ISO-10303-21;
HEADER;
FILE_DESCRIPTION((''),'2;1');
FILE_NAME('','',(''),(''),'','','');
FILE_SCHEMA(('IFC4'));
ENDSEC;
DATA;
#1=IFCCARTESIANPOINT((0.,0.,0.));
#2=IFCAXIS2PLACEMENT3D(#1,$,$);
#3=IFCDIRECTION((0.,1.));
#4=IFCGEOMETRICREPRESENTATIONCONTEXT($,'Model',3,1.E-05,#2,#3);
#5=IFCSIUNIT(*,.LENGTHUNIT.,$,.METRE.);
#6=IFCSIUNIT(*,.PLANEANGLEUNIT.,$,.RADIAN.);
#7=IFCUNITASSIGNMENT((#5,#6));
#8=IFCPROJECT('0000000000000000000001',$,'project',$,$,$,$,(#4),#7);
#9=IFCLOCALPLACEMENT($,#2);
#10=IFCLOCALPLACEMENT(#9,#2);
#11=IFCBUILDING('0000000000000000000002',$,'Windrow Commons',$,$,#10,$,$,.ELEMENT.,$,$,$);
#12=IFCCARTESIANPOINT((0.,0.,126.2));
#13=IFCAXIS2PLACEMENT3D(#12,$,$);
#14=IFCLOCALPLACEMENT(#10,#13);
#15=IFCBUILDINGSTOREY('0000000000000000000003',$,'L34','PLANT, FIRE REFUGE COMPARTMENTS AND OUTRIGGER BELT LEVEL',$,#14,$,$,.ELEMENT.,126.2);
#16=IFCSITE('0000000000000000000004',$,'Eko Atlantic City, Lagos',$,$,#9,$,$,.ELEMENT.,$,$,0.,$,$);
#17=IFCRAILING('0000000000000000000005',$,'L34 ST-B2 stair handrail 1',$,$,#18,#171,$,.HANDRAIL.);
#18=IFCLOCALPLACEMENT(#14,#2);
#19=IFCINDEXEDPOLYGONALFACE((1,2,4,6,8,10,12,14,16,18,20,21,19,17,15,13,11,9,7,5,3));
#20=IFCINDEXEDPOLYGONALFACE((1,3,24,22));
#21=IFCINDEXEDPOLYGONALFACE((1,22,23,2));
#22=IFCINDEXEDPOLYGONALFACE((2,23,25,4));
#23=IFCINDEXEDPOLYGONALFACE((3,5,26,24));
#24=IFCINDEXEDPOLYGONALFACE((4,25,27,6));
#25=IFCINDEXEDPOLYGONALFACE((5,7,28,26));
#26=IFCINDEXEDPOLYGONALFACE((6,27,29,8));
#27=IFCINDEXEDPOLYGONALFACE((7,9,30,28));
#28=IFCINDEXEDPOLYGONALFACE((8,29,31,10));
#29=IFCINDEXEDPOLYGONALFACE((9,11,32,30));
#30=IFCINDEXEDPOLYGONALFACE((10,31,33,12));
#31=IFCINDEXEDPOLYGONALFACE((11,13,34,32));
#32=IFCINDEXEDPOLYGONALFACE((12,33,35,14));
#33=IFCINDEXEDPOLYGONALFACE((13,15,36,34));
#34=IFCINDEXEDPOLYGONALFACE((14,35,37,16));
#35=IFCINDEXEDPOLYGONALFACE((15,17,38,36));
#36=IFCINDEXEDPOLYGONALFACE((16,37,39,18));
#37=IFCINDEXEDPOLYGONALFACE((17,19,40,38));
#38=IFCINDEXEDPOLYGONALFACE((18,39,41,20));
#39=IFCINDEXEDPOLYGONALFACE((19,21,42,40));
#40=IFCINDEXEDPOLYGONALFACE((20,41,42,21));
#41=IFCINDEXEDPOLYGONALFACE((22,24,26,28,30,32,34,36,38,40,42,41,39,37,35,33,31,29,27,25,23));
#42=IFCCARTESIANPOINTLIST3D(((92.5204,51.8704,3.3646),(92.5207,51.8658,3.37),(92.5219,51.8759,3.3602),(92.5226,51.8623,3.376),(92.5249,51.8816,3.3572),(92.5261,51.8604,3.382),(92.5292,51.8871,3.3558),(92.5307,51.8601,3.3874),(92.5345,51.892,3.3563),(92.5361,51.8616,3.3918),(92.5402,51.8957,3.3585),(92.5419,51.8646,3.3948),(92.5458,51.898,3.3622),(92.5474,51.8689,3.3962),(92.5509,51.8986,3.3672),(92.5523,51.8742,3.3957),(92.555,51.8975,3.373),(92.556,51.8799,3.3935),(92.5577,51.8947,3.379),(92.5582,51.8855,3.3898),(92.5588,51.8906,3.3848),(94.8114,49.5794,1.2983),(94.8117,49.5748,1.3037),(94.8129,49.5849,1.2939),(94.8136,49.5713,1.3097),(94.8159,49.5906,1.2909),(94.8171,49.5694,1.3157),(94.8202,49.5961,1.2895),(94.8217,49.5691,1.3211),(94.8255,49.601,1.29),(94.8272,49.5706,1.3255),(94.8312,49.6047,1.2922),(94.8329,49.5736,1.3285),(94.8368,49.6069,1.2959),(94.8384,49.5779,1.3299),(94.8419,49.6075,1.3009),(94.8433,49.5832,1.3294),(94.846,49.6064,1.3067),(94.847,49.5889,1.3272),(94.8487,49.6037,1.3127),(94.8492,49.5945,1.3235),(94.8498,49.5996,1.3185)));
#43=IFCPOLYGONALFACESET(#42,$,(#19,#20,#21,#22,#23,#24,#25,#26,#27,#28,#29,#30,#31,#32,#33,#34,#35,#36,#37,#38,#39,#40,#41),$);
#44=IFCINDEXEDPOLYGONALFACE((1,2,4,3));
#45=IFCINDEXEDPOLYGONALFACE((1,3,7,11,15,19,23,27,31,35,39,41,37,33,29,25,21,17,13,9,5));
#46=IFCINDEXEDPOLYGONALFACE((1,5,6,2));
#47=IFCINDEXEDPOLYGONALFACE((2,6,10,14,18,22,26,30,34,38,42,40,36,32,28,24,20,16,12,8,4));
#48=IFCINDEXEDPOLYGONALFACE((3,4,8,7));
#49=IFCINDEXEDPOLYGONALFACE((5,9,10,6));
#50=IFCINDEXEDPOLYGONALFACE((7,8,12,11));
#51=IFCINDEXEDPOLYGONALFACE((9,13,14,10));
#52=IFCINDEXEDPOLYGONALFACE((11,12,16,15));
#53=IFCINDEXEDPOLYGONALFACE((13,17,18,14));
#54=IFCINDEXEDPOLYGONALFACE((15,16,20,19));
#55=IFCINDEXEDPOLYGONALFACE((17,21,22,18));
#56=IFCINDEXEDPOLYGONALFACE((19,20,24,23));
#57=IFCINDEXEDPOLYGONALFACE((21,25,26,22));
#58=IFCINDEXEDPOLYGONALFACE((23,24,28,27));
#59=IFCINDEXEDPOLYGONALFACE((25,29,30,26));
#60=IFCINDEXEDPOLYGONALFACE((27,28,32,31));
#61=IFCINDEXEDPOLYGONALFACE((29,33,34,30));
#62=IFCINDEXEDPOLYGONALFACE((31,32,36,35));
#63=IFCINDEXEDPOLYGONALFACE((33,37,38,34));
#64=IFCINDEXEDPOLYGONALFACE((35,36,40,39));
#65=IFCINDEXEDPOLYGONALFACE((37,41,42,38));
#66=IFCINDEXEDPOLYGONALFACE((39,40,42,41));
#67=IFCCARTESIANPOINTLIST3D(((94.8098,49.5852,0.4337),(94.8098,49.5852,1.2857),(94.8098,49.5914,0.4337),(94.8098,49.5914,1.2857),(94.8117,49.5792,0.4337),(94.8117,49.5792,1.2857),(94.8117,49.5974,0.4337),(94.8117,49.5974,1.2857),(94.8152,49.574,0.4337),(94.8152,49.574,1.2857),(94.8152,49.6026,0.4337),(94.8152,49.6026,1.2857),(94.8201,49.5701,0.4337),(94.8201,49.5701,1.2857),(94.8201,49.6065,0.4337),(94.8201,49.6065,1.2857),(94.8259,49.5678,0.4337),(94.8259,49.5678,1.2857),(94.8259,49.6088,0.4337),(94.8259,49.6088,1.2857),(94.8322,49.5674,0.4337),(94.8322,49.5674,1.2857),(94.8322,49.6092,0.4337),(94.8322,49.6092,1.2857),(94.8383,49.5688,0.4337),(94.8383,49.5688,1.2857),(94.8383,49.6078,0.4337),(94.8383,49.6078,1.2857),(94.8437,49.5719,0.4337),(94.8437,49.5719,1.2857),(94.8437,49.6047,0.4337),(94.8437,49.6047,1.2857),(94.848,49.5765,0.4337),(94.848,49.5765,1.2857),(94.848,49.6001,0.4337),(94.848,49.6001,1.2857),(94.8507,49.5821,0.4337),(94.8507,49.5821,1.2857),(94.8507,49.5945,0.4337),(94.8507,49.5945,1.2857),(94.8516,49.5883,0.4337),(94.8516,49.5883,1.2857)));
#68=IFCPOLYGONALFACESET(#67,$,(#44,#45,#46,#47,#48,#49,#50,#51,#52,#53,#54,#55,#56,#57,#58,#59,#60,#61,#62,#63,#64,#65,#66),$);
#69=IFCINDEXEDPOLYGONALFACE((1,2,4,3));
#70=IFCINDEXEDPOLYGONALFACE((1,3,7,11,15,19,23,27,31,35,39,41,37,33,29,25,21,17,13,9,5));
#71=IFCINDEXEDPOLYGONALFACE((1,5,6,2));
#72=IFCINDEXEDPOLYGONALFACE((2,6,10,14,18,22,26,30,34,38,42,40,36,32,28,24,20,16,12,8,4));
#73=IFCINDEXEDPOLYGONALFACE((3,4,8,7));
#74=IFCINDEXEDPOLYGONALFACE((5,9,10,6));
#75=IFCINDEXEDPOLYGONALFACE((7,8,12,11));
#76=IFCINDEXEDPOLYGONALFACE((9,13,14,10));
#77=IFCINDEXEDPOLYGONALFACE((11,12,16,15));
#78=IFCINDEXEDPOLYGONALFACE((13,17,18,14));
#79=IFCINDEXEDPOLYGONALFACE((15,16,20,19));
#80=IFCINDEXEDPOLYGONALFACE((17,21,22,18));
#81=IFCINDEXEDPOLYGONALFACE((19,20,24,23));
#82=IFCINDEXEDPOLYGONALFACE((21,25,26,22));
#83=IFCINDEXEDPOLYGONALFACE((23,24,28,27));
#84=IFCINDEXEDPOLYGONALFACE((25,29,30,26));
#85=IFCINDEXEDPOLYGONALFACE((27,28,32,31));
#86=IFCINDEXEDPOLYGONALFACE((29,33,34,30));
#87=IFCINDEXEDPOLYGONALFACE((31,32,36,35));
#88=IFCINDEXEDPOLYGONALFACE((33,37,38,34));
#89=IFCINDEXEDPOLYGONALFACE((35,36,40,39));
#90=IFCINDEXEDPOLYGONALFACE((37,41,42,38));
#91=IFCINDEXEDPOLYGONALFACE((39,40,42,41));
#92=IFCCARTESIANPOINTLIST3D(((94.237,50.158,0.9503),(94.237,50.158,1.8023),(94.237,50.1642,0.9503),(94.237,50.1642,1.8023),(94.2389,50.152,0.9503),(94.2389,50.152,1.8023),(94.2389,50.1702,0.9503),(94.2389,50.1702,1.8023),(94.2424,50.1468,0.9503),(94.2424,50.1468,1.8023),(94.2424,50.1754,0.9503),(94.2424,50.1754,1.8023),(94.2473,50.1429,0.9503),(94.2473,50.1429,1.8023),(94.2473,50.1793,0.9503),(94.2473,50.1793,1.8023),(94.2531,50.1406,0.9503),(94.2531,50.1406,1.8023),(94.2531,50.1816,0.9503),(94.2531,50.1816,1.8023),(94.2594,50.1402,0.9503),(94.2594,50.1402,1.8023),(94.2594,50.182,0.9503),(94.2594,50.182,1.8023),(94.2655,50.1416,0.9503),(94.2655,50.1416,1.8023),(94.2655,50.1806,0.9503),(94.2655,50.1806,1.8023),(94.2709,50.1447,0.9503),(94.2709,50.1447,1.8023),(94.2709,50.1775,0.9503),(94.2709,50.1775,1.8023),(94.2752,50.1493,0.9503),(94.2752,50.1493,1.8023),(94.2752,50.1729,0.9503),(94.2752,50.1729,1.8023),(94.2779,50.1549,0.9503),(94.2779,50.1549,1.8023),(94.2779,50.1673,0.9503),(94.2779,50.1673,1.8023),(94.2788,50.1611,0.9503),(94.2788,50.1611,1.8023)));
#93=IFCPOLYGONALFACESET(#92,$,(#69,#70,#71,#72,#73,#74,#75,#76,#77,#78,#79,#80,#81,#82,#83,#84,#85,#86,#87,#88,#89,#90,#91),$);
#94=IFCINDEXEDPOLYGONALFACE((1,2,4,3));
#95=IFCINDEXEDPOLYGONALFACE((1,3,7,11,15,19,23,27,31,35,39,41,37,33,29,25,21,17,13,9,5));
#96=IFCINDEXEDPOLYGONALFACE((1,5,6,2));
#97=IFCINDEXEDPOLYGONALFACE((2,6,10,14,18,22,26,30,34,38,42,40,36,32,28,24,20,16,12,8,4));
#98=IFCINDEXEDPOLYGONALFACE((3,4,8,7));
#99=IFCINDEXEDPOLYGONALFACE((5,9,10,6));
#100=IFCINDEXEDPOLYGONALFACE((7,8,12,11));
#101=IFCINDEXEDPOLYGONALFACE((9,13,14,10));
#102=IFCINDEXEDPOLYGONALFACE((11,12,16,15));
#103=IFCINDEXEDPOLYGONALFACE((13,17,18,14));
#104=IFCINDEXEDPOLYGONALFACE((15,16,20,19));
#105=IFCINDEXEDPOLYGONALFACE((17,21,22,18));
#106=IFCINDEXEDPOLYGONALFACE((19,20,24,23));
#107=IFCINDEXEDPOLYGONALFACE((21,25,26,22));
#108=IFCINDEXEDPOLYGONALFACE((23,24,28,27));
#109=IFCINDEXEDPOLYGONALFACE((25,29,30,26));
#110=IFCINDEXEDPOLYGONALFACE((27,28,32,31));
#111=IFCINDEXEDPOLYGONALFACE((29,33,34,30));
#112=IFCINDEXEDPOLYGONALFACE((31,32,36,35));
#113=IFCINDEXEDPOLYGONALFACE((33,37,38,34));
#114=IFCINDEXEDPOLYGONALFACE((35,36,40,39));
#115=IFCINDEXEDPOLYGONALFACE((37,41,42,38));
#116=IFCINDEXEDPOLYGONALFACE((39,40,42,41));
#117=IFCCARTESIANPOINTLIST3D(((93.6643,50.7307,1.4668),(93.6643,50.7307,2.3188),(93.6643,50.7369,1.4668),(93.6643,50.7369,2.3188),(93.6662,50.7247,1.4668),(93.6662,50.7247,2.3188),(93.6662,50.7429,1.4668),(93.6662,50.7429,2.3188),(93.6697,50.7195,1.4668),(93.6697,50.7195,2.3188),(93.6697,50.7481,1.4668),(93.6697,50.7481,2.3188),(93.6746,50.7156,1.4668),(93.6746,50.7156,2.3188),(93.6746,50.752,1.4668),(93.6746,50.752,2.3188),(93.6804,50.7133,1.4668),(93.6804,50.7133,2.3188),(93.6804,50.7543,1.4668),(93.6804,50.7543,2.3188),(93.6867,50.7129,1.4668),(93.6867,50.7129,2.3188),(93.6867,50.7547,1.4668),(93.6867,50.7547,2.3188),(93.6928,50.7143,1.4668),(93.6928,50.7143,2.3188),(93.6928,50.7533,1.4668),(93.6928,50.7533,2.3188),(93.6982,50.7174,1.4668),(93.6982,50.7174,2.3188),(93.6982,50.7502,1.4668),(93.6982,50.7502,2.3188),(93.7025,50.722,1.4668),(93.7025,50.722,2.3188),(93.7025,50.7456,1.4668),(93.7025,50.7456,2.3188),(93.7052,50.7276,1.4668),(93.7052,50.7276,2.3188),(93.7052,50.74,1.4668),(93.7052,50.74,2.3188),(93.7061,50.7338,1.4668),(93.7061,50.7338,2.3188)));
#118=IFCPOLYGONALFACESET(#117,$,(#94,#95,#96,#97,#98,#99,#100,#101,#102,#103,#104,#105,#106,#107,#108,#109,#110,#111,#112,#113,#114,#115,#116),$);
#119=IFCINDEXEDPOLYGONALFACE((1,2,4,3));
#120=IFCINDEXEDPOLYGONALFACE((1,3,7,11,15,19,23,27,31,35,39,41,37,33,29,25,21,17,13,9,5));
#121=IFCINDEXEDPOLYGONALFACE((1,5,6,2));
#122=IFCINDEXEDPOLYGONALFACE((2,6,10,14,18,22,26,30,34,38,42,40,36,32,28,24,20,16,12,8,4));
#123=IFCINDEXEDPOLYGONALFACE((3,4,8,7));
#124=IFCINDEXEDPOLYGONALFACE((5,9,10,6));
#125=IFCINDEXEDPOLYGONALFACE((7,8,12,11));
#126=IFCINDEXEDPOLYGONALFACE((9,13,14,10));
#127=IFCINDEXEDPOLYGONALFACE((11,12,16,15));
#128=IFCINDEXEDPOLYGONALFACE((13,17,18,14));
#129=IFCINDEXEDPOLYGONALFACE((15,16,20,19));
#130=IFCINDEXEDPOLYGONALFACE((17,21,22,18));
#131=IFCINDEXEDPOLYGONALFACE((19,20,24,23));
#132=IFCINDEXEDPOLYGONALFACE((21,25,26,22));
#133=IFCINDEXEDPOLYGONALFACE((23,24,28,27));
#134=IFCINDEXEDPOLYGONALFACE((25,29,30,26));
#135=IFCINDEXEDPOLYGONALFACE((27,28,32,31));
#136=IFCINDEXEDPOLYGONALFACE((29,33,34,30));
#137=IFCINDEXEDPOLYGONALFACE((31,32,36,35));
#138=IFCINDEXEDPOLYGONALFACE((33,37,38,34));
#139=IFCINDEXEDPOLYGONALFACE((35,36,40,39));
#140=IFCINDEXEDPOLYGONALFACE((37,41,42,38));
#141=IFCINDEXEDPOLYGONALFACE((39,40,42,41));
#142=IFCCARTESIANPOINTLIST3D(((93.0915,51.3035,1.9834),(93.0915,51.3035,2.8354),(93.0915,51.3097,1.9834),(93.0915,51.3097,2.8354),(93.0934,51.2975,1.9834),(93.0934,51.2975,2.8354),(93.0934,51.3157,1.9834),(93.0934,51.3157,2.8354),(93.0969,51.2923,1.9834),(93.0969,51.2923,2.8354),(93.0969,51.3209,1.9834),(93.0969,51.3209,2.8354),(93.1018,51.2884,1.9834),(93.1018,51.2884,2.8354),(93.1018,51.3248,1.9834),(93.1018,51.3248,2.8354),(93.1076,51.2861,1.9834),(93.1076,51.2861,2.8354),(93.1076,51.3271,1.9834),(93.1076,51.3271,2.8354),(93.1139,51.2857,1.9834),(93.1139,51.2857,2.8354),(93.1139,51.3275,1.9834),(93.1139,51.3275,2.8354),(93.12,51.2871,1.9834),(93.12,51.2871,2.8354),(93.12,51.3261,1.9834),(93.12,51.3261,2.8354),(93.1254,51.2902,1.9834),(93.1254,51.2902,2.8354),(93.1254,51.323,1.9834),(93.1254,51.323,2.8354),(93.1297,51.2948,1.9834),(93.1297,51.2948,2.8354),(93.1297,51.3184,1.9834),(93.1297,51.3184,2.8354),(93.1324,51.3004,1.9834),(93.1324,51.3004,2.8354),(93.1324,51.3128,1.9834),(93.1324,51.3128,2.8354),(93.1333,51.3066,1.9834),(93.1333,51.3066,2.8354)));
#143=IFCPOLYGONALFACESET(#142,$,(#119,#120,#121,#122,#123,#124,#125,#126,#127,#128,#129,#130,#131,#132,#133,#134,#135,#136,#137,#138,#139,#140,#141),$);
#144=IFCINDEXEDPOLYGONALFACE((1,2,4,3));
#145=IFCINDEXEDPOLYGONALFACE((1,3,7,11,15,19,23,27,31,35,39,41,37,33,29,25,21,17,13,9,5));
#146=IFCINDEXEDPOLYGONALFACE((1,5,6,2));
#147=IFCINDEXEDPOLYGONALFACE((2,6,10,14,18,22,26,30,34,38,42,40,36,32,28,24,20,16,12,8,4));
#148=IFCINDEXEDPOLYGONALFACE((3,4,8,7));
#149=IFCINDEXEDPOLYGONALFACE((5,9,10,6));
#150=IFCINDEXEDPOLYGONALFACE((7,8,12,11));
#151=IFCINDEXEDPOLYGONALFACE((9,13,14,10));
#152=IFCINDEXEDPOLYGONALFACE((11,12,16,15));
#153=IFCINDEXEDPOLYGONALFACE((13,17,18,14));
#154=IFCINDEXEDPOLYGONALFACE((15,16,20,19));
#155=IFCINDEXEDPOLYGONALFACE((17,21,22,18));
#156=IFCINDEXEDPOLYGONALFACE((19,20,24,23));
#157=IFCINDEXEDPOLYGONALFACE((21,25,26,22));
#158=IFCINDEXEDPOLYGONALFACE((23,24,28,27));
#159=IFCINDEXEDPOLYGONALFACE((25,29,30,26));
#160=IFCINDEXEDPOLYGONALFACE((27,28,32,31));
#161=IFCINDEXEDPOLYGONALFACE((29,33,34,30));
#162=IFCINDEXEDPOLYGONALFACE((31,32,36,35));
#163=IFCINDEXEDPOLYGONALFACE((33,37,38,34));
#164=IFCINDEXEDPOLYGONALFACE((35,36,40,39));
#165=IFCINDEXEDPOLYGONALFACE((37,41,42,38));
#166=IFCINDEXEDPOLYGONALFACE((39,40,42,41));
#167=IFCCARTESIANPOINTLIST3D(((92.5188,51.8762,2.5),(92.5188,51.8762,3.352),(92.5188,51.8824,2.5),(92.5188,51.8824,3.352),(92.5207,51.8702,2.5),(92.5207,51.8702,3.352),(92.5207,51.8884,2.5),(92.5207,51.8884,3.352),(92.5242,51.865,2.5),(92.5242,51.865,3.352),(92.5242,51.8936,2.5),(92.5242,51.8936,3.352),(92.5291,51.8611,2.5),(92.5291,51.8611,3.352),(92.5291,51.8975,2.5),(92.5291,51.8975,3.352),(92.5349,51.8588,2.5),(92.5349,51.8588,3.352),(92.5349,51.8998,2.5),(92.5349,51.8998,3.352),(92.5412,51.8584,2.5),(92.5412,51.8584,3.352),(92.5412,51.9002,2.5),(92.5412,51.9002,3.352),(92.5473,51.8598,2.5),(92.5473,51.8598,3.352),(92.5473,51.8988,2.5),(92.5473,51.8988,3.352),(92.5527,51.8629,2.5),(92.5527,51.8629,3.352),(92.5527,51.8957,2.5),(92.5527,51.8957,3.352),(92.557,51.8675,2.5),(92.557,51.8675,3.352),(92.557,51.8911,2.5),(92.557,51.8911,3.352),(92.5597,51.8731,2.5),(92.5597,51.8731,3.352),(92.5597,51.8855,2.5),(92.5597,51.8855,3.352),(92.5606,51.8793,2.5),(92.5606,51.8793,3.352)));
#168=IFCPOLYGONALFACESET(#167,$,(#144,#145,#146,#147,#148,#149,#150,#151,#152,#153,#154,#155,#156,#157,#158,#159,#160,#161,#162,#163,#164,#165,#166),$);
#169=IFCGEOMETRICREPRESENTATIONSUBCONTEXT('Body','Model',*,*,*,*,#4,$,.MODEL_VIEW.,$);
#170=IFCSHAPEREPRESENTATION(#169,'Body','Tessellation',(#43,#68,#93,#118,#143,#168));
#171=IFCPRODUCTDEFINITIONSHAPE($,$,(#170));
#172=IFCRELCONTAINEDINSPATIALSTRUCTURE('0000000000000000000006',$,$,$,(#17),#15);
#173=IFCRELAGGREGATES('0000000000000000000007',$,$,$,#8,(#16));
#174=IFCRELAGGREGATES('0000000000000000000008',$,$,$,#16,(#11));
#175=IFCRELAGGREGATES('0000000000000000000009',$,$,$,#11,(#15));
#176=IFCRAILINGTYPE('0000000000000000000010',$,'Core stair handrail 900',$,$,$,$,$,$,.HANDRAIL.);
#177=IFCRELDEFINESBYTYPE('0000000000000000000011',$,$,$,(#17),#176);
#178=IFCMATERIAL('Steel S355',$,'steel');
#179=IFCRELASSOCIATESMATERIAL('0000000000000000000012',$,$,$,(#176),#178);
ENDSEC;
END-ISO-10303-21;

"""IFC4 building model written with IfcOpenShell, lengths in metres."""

from ifc_helpers import new_model, si_unit, direction, frame, origin, origin_2d, place, context, subcontext, project, spatial, circle, extrude, material, type_object, element, save


model = new_model("IFC4")

# Units and contexts
model_context = context("Model", 3, precision=1e-05, world=origin(), true_north=direction((0.0, 1.0)))
body_context = subcontext(model_context, "Body", "Model", "MODEL_VIEW")
ifc_project = project(units=[si_unit("LENGTHUNIT", "METRE"), si_unit("PLANEANGLEUNIT", "RADIAN")], contexts=[model_context])

# Site, building, storey
site_placement = place(None, origin())
site = spatial("IfcSite", under=ifc_project, at=site_placement, Name="Eko Atlantic City, Lagos", CompositionType="ELEMENT", RefElevation=0.0)
building_placement = place(site_placement, origin())
building = spatial("IfcBuilding", under=site, at=building_placement, Name="Windrow Commons", CompositionType="ELEMENT")
storey_placement = place(building_placement, frame((0.0, 0.0, 126.2)))
storey = spatial("IfcBuildingStorey", under=building, at=storey_placement, Name="L34", Description="PLANT, FIRE REFUGE COMPARTMENTS AND OUTRIGGER BELT LEVEL", CompositionType="ELEMENT", Elevation=126.2)

# Railing
ifc_material_1 = material(Name="Steel S355", Category="steel")
railing_type = type_object("IfcRailingType", Name="Core stair handrail 900", PredefinedType="HANDRAIL", material=ifc_material_1)
railing_placement = place(storey_placement, frame((94.8306, 49.5883, 0.4337)))
element("IfcRailing", 1, at=railing_placement, inside=storey, type_object=railing_type, Name="L34 ST-B2 stair handrail 1", PredefinedType="HANDRAIL", context=body_context, shape_type="SweptSolid", body=[
    extrude(circle(Radius=0.024, at=origin_2d()), frame((0.0, 0.0, 0.876), z_axis=(-0.596183, 0.596183, 0.53771), x_axis=(-0.707107, -0.707107, 0.0)), (0.0, 0.0, 1.0), 3.8428),
    extrude(circle(Radius=0.021, at=origin_2d()), origin(), (0.0, 0.0, 1.0), 0.852),
    extrude(circle(Radius=0.021, at=origin_2d()), frame((-0.5728, 0.5728, 0.5166)), (0.0, 0.0, 1.0), 0.852),
    extrude(circle(Radius=0.021, at=origin_2d()), frame((-1.1455, 1.1455, 1.0331)), (0.0, 0.0, 1.0), 0.852),
    extrude(circle(Radius=0.021, at=origin_2d()), frame((-1.7183, 1.7183, 1.5497)), (0.0, 0.0, 1.0), 0.852),
    extrude(circle(Radius=0.021, at=origin_2d()), frame((-2.291, 2.291, 2.0663)), (0.0, 0.0, 1.0), 0.852),
])

save(model, "model.ifc")
